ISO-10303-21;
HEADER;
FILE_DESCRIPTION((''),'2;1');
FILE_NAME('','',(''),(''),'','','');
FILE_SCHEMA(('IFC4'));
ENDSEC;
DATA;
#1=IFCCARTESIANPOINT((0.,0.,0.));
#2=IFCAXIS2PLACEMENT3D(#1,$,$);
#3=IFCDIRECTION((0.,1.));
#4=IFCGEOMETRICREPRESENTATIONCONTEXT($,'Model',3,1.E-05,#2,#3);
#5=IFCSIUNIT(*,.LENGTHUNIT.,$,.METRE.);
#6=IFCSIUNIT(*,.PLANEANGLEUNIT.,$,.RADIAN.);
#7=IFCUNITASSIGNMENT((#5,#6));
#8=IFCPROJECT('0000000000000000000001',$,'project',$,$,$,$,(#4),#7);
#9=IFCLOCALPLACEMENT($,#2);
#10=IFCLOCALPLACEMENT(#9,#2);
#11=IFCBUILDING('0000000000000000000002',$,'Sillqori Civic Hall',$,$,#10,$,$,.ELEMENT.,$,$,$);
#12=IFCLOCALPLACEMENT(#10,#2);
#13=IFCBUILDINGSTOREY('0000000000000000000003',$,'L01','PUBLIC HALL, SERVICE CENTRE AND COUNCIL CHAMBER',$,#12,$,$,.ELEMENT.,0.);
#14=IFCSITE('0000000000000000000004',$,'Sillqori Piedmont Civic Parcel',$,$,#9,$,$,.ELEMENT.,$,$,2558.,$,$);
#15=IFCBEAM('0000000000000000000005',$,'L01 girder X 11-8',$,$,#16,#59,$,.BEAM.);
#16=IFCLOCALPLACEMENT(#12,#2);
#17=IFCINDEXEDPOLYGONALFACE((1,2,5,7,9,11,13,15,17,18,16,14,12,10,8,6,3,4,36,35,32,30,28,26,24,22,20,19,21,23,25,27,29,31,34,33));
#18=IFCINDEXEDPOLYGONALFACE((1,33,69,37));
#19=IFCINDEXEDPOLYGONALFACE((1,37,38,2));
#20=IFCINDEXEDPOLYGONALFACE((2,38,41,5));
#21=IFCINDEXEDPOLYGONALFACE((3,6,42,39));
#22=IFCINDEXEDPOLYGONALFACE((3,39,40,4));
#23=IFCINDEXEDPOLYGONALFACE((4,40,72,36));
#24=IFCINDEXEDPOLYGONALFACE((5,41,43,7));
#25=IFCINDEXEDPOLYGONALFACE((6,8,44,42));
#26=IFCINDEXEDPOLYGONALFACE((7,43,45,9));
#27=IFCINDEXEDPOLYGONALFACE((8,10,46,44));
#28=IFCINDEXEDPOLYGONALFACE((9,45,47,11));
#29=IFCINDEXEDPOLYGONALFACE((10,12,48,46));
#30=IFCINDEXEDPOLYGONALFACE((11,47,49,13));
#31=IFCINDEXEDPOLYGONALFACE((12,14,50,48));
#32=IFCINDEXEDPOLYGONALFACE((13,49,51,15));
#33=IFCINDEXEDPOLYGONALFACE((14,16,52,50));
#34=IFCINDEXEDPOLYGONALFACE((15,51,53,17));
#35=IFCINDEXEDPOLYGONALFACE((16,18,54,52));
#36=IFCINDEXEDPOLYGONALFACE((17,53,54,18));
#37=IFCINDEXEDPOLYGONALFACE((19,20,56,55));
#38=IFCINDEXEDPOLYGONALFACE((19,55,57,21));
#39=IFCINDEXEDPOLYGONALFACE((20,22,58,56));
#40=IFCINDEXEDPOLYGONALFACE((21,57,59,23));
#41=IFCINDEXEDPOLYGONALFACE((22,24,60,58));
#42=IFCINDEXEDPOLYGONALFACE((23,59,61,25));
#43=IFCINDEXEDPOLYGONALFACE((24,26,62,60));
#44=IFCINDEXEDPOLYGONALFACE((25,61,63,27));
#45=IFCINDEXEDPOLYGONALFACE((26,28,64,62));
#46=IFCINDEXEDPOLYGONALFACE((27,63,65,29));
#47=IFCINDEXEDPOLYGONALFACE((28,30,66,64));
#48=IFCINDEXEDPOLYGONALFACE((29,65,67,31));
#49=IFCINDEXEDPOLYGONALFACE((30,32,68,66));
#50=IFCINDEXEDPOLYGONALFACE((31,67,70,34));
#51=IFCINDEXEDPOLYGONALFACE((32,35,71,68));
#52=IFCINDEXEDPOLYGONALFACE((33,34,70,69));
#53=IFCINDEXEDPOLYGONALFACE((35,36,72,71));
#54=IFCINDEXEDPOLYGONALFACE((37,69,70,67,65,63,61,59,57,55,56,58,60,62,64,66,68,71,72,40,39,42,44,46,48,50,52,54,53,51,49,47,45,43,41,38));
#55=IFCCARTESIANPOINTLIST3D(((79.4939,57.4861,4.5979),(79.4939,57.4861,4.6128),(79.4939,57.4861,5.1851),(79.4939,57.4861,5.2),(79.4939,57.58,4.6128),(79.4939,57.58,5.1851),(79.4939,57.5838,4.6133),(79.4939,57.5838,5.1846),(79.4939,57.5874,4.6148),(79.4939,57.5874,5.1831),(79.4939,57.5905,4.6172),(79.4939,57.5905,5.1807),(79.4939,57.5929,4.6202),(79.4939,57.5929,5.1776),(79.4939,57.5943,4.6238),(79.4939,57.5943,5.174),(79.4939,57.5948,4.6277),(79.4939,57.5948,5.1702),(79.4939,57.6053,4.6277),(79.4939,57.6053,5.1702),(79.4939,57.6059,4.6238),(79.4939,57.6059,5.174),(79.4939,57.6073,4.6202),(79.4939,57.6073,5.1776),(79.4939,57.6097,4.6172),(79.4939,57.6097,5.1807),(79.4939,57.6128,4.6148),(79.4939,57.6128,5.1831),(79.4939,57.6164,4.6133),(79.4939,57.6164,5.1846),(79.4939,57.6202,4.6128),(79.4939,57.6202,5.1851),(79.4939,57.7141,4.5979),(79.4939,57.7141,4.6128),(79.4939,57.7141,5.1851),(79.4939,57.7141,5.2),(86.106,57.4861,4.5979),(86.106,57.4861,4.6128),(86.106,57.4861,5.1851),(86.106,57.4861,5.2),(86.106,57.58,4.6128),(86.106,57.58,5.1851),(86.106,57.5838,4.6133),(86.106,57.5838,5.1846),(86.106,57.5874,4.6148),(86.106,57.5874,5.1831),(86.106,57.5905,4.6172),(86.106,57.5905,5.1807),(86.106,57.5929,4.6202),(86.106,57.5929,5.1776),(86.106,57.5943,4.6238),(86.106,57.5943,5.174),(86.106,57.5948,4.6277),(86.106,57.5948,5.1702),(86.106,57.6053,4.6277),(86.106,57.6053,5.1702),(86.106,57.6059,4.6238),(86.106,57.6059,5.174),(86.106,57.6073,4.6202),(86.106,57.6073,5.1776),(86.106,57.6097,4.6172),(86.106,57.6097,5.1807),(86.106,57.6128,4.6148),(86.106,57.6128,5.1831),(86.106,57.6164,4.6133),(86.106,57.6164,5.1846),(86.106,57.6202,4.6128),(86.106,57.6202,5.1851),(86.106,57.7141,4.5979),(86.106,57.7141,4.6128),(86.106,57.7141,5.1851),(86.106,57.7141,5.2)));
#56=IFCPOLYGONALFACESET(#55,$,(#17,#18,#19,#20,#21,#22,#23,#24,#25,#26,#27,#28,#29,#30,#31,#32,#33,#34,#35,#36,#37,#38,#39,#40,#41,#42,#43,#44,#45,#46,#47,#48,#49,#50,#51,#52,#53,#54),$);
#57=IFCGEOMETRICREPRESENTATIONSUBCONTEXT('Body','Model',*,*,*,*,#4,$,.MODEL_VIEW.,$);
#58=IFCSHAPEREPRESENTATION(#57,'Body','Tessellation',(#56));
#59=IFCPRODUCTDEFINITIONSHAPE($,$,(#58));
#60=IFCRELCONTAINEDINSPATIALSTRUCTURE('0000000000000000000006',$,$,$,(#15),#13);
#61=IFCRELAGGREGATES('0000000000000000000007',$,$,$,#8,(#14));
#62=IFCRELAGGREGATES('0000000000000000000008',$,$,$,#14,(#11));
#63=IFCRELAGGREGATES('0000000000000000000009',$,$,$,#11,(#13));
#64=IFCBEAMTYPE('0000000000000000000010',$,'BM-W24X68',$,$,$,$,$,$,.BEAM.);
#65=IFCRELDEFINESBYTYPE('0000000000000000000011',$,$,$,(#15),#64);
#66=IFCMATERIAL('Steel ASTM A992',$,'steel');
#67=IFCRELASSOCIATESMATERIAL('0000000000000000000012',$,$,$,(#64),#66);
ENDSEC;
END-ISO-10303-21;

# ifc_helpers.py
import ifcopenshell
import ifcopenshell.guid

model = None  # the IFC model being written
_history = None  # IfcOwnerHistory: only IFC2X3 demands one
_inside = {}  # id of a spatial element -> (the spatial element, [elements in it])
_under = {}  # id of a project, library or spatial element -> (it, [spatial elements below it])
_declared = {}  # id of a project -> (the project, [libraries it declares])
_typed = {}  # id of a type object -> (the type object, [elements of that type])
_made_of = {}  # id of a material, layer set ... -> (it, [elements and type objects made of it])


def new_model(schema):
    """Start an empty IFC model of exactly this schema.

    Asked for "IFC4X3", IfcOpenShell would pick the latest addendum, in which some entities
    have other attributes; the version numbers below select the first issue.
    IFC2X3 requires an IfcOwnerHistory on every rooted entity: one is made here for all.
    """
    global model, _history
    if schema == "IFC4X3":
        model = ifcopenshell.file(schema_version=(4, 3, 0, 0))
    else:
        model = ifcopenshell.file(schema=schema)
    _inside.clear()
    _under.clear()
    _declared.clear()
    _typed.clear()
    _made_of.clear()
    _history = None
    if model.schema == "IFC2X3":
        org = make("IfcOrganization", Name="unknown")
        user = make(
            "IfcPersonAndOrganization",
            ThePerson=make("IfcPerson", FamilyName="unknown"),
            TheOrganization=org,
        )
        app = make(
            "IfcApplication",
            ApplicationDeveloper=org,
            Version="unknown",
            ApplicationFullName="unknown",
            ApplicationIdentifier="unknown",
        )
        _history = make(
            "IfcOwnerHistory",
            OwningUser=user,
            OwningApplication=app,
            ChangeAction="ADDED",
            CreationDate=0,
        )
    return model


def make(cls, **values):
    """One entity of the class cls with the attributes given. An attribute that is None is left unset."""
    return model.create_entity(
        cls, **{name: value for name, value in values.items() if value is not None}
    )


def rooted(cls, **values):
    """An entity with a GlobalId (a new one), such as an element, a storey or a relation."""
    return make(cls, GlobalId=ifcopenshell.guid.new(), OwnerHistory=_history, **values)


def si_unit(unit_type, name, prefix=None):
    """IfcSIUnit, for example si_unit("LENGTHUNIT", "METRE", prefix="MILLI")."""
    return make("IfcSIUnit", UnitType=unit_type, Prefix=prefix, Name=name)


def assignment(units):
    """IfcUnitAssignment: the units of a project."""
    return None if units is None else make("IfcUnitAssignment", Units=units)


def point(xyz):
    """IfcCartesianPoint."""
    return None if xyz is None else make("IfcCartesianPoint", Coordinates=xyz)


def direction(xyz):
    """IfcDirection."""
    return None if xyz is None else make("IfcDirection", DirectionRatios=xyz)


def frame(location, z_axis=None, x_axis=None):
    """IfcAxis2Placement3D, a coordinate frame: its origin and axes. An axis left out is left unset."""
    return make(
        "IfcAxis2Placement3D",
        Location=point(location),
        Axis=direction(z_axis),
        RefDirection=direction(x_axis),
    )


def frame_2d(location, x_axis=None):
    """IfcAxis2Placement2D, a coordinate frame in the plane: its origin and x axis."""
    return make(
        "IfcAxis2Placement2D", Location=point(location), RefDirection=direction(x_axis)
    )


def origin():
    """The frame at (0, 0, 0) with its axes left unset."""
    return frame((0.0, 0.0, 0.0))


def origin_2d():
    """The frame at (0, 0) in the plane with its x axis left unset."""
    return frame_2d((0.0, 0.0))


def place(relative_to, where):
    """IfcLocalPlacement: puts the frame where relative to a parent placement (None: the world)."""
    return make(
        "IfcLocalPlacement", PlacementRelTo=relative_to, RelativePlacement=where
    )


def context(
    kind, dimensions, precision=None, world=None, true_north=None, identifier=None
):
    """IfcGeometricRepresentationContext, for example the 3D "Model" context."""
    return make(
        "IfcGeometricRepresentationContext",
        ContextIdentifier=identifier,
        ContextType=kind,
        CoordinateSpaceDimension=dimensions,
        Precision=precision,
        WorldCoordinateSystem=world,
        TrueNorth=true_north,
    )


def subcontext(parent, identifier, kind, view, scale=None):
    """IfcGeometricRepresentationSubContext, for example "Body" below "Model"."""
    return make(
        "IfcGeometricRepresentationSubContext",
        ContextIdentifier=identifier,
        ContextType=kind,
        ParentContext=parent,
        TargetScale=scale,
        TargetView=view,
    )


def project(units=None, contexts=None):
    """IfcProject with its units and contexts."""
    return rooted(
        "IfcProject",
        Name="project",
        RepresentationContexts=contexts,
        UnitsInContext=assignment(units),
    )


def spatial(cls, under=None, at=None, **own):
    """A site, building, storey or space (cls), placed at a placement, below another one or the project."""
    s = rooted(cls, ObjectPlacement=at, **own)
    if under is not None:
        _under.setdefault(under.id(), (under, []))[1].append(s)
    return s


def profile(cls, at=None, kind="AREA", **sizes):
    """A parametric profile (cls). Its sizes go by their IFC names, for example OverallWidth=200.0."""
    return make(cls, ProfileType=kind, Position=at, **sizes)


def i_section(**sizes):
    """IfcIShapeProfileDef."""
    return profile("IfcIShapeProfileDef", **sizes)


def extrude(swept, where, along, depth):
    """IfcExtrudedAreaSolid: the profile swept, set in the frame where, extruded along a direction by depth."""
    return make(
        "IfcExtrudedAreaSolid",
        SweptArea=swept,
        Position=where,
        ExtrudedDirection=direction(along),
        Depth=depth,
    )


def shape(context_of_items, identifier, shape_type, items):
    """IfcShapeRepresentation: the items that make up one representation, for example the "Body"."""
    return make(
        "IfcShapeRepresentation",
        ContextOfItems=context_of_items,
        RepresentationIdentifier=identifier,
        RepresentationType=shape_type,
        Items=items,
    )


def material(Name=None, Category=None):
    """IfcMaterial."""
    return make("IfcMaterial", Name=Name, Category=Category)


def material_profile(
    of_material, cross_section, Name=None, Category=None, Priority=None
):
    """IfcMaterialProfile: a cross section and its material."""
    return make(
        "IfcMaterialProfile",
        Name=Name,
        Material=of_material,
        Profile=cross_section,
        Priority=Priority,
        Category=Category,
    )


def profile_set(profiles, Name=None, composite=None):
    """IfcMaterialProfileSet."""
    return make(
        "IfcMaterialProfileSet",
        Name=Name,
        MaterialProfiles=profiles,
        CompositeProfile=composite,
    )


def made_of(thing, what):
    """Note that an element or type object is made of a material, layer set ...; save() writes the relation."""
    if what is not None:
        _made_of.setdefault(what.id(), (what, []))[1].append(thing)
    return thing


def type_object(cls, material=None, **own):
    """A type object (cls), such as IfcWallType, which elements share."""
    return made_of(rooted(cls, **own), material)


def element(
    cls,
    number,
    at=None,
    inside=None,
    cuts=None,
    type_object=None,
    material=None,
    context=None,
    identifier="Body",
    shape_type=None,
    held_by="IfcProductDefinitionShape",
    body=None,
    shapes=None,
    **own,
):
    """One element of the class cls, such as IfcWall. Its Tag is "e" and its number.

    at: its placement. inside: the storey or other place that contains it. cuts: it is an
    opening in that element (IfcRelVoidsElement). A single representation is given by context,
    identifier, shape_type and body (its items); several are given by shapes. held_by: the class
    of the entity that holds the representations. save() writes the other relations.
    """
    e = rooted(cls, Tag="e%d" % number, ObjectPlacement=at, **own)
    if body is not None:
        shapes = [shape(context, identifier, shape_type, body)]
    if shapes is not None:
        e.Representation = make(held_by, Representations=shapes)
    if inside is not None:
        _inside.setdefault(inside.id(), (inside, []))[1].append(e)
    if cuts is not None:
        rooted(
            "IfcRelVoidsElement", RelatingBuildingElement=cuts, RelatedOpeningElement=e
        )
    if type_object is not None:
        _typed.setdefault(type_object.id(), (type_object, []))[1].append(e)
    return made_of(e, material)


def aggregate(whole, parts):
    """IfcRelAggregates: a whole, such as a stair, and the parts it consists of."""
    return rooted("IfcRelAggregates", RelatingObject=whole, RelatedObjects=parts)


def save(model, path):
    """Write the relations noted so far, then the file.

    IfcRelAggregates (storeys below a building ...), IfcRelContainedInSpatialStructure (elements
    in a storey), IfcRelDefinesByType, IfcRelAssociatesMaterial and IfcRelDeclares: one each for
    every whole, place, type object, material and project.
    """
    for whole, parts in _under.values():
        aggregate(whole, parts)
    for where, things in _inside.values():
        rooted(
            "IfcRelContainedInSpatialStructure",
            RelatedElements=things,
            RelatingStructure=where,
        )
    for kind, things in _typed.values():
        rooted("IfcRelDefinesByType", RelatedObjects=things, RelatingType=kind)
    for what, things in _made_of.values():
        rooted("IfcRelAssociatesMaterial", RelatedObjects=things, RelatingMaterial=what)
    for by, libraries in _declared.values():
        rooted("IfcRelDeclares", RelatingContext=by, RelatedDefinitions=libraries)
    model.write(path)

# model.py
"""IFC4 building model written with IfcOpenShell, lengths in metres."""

from ifc_helpers import new_model, si_unit, direction, frame, origin, origin_2d, place, context, subcontext, project, spatial, i_section, extrude, material, material_profile, profile_set, type_object, element, save


model = new_model("IFC4")

# Units and contexts
model_context = context("Model", 3, precision=1e-05, world=origin(), true_north=direction((0.0, 1.0)))
body_context = subcontext(model_context, "Body", "Model", "MODEL_VIEW")
ifc_project = project(units=[si_unit("LENGTHUNIT", "METRE"), si_unit("PLANEANGLEUNIT", "RADIAN")], contexts=[model_context])

# Site, building, storey
site_placement = place(None, origin())
site = spatial("IfcSite", under=ifc_project, at=site_placement, Name="Sillqori Piedmont Civic Parcel", CompositionType="ELEMENT", RefElevation=2558.0)
building_placement = place(site_placement, origin())
building = spatial("IfcBuilding", under=site, at=building_placement, Name="Sillqori Civic Hall", CompositionType="ELEMENT")
storey_placement = place(building_placement, origin())
storey = spatial("IfcBuildingStorey", under=building, at=storey_placement, Name="L01", Description="PUBLIC HALL, SERVICE CENTRE AND COUNCIL CHAMBER", CompositionType="ELEMENT", Elevation=0.0)

# Beam
ifc_material_1 = material(Name="Steel ASTM A992", Category="steel")
ifc_material_profile_1 = material_profile(ifc_material_1, i_section(OverallWidth=0.228, OverallDepth=0.6021, WebThickness=0.0105, FlangeThickness=0.0149, FilletRadius=0.0149, at=origin_2d()), Name="W24X68")
ifc_profile_set_1 = profile_set([ifc_material_profile_1], Name="Steel ASTM A992")
beam_type_1 = type_object("IfcBeamType", Name="BM-W24X68", PredefinedType="BEAM", material=ifc_profile_set_1)
for number, where, z_axis, x_axis, name in (
    (1, (79.4939, 57.6001, 4.8989), (1.0, 0.0, 0.0), (0.0, 1.0, 0.0), "L01 girder X 11-8"),
):
    element("IfcBeam", number, at=place(storey_placement, frame(where, z_axis=z_axis, x_axis=x_axis)), inside=storey, type_object=beam_type_1, Name=name, PredefinedType="BEAM", context=body_context, shape_type="SweptSolid", body=[
        extrude(i_section(OverallWidth=0.228, OverallDepth=0.6021, WebThickness=0.0105, FlangeThickness=0.0149, FilletRadius=0.0149, at=origin_2d()), origin(), (0.0, 0.0, 1.0), 6.6121),
    ])

save(model, "model.ifc")
